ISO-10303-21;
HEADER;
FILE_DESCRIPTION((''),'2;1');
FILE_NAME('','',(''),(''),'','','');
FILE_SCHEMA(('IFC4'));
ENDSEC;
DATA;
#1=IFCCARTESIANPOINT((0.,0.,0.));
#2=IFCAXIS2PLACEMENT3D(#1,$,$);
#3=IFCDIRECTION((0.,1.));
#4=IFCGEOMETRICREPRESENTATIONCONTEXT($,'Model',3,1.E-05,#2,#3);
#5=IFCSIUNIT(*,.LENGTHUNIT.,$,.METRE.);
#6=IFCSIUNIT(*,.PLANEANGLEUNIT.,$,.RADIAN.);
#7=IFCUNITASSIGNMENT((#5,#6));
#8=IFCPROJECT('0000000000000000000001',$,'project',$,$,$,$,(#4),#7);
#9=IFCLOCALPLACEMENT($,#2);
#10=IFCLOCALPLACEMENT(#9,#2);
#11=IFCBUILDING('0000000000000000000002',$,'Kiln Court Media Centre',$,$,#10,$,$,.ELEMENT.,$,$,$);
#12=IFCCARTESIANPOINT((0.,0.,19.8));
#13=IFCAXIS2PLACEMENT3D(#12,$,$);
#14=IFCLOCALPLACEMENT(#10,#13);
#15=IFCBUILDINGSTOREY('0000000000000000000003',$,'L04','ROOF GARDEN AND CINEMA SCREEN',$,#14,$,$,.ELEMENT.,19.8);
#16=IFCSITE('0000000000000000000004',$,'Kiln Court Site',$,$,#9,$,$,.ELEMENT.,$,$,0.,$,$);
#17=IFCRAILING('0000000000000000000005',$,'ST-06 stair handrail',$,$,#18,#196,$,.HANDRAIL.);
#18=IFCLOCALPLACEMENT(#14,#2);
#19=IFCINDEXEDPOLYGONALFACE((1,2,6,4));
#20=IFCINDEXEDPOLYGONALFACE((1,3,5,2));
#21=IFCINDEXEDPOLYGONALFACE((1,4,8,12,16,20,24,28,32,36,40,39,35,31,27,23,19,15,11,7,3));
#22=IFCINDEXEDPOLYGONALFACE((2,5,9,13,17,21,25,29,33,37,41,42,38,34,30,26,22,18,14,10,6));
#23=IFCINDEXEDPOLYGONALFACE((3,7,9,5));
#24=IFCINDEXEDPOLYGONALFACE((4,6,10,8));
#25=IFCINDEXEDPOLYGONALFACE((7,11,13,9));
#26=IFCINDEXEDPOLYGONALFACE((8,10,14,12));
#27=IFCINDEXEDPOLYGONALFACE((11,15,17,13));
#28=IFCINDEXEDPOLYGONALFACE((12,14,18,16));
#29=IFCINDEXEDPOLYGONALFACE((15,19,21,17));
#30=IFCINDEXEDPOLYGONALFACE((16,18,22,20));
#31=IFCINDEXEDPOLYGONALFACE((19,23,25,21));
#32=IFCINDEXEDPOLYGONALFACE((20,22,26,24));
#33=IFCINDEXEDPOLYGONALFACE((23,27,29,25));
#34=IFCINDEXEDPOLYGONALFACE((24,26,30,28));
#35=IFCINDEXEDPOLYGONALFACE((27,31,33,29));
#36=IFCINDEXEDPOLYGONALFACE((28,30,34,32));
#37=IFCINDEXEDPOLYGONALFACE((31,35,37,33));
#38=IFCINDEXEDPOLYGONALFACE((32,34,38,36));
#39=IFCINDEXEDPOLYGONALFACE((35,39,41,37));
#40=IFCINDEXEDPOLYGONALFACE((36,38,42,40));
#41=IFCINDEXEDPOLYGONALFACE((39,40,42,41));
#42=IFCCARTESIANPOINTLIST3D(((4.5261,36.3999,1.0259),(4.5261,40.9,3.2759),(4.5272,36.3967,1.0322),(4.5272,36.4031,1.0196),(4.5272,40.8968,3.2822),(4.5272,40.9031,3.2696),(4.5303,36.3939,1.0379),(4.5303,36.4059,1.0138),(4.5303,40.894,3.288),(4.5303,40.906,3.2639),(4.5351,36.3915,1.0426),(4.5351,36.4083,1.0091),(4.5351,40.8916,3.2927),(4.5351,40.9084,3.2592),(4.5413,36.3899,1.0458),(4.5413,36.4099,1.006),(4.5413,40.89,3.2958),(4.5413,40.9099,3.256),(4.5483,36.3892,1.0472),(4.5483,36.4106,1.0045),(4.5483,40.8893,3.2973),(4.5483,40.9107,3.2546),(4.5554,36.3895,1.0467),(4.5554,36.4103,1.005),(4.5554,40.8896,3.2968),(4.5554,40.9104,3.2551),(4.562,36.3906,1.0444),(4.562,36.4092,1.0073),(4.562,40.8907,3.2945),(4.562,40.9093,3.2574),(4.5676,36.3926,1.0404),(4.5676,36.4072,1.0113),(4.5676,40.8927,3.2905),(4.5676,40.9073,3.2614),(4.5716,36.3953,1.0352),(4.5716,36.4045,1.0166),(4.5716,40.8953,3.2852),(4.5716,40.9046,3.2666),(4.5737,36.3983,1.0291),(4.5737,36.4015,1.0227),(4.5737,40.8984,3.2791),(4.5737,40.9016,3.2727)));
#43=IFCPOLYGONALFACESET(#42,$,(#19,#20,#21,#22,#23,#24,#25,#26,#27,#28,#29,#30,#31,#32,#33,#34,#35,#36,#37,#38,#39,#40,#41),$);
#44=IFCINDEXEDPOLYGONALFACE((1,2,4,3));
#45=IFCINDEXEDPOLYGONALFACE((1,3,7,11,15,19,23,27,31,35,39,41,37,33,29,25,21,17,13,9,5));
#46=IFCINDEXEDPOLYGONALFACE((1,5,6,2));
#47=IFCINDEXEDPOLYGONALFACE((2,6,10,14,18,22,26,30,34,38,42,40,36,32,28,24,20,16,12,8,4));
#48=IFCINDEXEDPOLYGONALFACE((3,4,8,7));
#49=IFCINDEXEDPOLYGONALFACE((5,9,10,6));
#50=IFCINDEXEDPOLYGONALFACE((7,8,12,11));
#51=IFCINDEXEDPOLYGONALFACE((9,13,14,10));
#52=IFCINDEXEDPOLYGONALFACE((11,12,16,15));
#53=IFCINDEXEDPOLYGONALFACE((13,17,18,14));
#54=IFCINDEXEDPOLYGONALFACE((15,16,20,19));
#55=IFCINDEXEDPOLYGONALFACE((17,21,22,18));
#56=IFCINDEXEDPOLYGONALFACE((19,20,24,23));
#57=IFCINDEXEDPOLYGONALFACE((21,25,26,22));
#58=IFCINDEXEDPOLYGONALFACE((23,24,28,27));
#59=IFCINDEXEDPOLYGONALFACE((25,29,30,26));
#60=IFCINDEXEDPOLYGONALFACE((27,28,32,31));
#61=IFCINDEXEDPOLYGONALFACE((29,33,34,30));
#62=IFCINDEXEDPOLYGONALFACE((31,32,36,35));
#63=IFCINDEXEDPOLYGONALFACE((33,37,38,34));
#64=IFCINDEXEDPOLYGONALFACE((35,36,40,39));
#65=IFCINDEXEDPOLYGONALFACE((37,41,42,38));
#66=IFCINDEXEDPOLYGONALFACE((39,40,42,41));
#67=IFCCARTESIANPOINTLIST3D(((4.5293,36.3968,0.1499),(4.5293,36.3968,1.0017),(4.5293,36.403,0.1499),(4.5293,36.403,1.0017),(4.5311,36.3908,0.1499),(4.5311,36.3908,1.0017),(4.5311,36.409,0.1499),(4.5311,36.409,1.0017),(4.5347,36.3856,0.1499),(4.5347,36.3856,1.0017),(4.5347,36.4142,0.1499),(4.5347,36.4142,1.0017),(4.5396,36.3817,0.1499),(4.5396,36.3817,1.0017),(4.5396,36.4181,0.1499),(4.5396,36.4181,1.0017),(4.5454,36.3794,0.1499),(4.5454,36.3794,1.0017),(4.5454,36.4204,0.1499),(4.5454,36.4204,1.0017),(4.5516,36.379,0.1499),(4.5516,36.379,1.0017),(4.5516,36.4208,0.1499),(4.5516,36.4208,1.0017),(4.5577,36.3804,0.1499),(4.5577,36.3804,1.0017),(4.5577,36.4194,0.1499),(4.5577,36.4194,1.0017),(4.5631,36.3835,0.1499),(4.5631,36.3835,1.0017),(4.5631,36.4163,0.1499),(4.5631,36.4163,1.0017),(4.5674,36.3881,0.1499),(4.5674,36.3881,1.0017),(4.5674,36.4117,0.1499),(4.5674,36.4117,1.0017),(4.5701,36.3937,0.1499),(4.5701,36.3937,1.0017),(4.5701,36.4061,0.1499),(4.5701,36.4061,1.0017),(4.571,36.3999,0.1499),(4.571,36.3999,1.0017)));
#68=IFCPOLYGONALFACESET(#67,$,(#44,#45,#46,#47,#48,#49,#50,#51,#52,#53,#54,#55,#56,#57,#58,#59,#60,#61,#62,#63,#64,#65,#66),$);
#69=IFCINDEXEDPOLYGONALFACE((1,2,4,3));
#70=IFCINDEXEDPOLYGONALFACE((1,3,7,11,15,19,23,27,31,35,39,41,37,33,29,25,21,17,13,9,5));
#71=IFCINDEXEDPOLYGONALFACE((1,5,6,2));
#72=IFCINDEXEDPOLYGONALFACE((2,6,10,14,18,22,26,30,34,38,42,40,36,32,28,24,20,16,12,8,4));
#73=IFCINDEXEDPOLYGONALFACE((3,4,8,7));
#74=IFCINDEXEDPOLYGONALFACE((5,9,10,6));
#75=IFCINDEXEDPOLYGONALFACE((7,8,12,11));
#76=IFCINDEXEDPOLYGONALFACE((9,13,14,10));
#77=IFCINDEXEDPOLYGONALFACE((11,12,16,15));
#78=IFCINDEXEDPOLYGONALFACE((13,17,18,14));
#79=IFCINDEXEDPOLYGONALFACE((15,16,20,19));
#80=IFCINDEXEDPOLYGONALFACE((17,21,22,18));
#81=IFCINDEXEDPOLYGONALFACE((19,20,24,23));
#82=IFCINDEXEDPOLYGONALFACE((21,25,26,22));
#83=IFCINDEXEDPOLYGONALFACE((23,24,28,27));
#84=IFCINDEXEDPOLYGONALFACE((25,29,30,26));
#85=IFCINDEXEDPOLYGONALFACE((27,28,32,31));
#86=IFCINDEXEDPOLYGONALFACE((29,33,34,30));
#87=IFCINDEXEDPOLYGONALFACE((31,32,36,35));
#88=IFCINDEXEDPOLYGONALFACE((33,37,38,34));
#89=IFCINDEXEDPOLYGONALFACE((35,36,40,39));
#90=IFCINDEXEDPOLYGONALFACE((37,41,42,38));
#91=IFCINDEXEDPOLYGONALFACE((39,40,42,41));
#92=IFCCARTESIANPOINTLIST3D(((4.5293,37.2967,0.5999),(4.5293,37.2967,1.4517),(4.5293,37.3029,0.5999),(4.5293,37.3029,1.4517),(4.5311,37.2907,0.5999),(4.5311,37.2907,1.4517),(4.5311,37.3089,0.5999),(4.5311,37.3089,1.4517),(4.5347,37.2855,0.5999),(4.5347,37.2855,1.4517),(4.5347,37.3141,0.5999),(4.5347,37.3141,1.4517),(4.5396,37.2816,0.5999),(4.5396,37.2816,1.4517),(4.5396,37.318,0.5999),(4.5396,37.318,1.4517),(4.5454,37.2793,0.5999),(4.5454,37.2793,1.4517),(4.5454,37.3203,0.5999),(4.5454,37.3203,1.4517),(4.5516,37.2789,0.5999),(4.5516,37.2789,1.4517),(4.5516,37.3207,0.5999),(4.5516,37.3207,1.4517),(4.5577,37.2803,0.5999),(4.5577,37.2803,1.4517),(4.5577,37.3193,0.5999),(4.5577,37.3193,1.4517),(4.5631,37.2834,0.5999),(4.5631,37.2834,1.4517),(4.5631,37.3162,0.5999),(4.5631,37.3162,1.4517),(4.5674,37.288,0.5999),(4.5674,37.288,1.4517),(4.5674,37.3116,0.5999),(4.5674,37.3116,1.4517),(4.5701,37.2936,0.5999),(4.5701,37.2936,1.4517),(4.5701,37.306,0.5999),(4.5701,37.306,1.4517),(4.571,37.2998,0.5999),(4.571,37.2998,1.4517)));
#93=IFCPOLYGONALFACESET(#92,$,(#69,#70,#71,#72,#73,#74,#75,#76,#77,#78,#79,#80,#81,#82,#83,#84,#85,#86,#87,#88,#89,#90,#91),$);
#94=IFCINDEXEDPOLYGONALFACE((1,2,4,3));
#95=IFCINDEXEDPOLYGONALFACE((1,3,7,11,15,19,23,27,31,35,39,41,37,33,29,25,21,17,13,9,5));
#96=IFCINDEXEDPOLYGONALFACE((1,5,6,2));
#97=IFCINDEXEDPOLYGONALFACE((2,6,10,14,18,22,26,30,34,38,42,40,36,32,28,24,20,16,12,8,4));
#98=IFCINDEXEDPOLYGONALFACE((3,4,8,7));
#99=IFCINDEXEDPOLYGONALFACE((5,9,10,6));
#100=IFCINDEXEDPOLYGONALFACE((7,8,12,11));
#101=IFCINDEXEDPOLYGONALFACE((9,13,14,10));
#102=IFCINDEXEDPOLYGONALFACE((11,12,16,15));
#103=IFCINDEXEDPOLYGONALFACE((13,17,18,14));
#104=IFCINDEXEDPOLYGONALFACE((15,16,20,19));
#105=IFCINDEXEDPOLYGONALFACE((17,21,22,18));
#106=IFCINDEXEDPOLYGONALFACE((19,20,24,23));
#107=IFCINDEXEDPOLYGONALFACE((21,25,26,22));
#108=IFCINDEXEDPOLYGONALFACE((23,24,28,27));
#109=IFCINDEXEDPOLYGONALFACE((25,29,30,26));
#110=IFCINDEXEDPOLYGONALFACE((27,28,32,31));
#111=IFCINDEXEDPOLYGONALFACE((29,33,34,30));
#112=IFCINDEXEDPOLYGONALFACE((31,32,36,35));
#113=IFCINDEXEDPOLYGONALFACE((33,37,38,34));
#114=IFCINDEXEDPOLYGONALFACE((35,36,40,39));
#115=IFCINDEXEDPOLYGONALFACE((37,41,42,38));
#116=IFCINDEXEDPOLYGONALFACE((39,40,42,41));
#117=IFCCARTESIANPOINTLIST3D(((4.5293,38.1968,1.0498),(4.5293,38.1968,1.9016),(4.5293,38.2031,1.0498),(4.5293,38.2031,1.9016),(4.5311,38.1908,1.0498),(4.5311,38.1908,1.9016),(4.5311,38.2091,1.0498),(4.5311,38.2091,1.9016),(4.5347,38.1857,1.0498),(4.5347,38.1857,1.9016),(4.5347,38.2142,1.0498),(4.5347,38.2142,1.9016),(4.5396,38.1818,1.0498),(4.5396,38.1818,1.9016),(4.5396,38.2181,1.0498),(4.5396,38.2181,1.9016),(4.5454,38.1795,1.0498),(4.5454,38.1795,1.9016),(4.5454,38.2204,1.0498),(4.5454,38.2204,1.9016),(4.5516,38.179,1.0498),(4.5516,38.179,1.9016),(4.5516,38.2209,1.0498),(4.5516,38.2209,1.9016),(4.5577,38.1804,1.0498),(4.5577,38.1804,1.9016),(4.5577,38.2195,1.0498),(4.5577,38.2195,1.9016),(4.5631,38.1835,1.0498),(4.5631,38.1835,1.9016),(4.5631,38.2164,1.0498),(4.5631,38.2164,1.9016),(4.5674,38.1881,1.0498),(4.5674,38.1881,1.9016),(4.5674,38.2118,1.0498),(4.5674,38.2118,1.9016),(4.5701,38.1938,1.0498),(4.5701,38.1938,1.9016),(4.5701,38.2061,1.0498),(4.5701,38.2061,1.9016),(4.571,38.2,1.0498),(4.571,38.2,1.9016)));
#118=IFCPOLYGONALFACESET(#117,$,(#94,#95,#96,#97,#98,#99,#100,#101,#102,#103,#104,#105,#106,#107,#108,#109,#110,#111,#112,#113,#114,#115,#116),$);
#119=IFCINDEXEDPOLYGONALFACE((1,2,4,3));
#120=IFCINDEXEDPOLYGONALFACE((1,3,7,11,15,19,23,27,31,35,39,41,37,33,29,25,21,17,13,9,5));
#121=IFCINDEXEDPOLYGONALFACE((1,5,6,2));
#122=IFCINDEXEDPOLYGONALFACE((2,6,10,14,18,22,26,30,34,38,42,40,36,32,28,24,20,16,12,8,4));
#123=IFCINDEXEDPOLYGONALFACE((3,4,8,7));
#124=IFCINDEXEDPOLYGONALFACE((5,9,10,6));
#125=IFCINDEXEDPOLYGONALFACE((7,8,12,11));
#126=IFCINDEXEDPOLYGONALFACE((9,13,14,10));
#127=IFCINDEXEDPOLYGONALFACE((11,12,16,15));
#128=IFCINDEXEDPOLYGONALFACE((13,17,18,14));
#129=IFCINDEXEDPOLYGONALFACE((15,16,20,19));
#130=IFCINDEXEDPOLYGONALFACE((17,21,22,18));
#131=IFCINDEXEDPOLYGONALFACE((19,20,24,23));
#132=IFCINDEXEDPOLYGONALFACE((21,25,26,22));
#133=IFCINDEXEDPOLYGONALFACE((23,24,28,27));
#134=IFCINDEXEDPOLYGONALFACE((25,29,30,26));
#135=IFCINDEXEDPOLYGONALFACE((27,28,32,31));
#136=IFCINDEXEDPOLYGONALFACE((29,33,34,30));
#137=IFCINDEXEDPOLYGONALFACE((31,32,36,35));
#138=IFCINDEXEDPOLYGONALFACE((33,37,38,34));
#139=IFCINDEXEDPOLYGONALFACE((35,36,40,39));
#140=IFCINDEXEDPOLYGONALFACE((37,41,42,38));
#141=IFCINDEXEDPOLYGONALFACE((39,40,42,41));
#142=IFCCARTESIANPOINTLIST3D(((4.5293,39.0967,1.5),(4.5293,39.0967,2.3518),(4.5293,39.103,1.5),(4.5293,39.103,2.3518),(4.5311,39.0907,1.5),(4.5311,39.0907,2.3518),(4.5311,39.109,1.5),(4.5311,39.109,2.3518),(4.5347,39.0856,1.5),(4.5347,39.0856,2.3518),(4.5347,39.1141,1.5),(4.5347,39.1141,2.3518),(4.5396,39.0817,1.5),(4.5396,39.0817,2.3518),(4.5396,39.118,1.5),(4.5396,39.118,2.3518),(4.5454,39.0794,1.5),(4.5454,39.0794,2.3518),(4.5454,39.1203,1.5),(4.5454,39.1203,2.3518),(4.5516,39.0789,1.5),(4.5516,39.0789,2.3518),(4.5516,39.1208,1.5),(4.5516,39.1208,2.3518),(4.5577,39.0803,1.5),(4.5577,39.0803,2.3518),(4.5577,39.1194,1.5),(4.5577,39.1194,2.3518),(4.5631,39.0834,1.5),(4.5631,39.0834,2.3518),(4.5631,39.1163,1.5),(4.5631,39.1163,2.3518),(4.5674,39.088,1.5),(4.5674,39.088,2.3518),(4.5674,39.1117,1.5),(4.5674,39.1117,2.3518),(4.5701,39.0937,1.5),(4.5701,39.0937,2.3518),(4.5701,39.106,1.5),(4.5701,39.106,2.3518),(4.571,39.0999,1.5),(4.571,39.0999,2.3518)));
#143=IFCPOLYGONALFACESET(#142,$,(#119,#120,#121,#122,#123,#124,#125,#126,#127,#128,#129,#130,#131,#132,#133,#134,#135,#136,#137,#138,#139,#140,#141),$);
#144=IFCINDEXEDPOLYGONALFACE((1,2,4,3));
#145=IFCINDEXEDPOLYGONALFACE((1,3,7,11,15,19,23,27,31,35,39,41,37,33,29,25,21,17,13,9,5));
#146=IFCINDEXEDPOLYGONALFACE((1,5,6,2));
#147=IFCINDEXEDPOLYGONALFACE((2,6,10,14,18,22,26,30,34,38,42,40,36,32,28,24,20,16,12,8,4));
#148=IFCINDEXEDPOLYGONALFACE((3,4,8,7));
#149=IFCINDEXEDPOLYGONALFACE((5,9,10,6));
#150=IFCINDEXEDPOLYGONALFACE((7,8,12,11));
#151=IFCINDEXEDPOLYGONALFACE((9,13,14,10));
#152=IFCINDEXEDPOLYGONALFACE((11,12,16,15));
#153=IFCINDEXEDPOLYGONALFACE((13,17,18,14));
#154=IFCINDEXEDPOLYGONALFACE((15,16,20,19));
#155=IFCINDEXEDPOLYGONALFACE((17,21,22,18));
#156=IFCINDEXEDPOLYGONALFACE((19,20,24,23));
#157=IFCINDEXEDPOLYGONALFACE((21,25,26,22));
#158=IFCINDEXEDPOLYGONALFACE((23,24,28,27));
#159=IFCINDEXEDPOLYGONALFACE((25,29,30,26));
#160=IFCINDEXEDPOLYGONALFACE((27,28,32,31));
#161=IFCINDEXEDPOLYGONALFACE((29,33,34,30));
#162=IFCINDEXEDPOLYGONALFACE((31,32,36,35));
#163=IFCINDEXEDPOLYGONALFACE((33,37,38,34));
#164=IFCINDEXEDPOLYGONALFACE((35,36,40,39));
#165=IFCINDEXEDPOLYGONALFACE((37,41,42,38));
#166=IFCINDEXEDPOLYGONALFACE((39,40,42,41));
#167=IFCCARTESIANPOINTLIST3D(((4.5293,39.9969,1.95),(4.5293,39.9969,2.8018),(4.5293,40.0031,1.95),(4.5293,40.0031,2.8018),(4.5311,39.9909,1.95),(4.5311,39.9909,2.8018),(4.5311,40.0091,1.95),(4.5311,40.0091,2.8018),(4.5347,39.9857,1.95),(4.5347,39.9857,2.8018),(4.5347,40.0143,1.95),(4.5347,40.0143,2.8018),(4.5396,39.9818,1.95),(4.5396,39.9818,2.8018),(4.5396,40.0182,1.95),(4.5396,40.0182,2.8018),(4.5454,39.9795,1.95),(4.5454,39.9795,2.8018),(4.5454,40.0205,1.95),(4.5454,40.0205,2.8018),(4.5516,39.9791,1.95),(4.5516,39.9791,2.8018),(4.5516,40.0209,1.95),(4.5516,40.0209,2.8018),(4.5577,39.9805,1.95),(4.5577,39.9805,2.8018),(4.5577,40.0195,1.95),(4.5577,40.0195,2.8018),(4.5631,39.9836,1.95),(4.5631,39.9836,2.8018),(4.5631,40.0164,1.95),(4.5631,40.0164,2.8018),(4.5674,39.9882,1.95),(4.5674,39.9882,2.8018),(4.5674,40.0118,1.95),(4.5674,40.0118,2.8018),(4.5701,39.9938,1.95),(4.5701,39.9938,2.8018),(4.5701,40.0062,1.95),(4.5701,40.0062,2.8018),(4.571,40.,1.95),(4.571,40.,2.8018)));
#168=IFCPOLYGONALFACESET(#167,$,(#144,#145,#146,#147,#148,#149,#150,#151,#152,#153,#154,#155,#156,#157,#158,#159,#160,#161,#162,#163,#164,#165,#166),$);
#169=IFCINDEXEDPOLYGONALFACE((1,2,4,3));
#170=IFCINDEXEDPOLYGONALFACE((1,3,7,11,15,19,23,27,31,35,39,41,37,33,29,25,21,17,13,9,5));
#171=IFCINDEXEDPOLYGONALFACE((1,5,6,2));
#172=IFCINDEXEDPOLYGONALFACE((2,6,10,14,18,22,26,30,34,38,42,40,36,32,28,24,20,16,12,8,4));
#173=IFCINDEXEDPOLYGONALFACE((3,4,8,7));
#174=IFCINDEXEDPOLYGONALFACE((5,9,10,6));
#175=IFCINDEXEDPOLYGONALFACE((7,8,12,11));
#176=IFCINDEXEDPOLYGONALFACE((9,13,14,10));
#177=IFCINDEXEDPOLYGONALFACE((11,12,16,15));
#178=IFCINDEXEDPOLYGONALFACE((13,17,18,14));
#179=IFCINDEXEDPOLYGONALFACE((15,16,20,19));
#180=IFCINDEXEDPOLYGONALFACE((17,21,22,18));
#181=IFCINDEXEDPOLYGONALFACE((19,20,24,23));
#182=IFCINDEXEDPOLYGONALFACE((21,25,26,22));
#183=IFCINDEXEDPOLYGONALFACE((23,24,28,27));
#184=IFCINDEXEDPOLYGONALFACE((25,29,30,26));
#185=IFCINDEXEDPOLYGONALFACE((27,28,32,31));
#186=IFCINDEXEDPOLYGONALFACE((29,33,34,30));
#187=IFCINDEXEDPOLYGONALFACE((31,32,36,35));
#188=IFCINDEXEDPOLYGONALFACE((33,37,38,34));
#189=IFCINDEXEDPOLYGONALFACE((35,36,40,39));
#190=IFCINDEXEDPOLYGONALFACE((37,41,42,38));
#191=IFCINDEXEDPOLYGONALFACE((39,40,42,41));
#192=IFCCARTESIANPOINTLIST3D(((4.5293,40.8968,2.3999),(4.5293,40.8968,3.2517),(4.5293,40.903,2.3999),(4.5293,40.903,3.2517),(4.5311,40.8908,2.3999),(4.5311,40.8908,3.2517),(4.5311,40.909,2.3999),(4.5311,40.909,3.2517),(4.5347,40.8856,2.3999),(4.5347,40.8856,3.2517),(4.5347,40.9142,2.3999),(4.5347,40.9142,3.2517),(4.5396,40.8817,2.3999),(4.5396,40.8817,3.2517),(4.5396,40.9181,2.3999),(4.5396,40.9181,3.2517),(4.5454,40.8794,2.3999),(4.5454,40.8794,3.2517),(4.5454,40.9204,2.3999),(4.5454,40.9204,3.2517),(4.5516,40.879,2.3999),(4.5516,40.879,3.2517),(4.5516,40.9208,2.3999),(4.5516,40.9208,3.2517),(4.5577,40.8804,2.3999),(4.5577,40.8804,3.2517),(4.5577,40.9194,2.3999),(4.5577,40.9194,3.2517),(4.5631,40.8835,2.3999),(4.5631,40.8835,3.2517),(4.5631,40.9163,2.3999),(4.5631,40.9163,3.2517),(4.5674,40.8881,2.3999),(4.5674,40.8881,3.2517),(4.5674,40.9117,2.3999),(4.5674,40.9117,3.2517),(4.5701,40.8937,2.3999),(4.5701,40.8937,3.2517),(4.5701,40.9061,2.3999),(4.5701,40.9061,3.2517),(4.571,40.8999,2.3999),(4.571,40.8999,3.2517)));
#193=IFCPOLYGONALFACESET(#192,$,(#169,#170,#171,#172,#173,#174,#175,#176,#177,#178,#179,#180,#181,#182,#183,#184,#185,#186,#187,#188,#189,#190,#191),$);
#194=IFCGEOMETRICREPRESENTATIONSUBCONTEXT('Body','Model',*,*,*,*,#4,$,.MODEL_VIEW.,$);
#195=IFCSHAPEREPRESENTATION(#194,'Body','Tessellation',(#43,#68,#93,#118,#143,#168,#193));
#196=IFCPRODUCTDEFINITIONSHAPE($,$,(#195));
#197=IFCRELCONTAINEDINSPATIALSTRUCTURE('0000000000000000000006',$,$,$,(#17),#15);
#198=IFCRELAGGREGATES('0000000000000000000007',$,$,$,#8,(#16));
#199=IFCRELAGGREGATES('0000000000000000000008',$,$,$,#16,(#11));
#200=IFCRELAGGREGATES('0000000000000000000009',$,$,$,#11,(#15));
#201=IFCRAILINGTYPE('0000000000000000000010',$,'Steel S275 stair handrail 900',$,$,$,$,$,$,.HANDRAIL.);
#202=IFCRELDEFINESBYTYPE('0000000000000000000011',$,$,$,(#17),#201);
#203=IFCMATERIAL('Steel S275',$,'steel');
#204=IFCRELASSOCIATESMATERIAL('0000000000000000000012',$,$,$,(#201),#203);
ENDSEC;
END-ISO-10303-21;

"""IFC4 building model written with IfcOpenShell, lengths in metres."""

from ifc_helpers import new_model, si_unit, direction, frame, origin, origin_2d, place, context, subcontext, project, spatial, circle, extrude, material, type_object, element, save


model = new_model("IFC4")

# Units and contexts
model_context = context("Model", 3, precision=1e-05, world=origin(), true_north=direction((0.0, 1.0)))
body_context = subcontext(model_context, "Body", "Model", "MODEL_VIEW")
ifc_project = project(units=[si_unit("LENGTHUNIT", "METRE"), si_unit("PLANEANGLEUNIT", "RADIAN")], contexts=[model_context])

# Site, building, storey
site_placement = place(None, origin())
site = spatial("IfcSite", under=ifc_project, at=site_placement, Name="Kiln Court Site", CompositionType="ELEMENT", RefElevation=0.0)
building_placement = place(site_placement, origin())
building = spatial("IfcBuilding", under=site, at=building_placement, Name="Kiln Court Media Centre", CompositionType="ELEMENT")
storey_placement = place(building_placement, frame((0.0, 0.0, 19.8)))
storey = spatial("IfcBuildingStorey", under=building, at=storey_placement, Name="L04", Description="ROOF GARDEN AND CINEMA SCREEN", CompositionType="ELEMENT", Elevation=19.8)

# Railing
ifc_material_1 = material(Name="Steel S275", Category="steel")
railing_type_1 = type_object("IfcRailingType", Name="Steel S275 stair handrail 900", PredefinedType="HANDRAIL", material=ifc_material_1)
railing_1_placement = place(storey_placement, frame((4.55, 36.3999, 0.1499)))
element("IfcRailing", 1, at=railing_1_placement, inside=storey, type_object=railing_type_1, Name="ST-06 stair handrail", PredefinedType="HANDRAIL", context=body_context, shape_type="SweptSolid", body=[
    extrude(circle(Radius=0.0239, at=origin_2d()), frame((0.0, 0.0, 0.876), z_axis=(0.0, 0.894427, 0.447214), x_axis=(-1.0, 0.0, 0.0)), (0.0, 0.0, 1.0), 5.0312),
    extrude(circle(Radius=0.021, at=origin_2d()), origin(), (0.0, 0.0, 1.0), 0.8518),
    extrude(circle(Radius=0.021, at=origin_2d()), frame((0.0, 0.8999, 0.45)), (0.0, 0.0, 1.0), 0.8518),
    extrude(circle(Radius=0.021, at=origin_2d()), frame((0.0, 1.8, 0.8999)), (0.0, 0.0, 1.0), 0.8518),
    extrude(circle(Radius=0.021, at=origin_2d()), frame((0.0, 2.7, 1.3501)), (0.0, 0.0, 1.0), 0.8518),
    extrude(circle(Radius=0.021, at=origin_2d()), frame((0.0, 3.6001, 1.8)), (0.0, 0.0, 1.0), 0.8518),
    extrude(circle(Radius=0.021, at=origin_2d()), frame((0.0, 4.5, 2.25)), (0.0, 0.0, 1.0), 0.8518),
])

save(model, "model.ifc")
